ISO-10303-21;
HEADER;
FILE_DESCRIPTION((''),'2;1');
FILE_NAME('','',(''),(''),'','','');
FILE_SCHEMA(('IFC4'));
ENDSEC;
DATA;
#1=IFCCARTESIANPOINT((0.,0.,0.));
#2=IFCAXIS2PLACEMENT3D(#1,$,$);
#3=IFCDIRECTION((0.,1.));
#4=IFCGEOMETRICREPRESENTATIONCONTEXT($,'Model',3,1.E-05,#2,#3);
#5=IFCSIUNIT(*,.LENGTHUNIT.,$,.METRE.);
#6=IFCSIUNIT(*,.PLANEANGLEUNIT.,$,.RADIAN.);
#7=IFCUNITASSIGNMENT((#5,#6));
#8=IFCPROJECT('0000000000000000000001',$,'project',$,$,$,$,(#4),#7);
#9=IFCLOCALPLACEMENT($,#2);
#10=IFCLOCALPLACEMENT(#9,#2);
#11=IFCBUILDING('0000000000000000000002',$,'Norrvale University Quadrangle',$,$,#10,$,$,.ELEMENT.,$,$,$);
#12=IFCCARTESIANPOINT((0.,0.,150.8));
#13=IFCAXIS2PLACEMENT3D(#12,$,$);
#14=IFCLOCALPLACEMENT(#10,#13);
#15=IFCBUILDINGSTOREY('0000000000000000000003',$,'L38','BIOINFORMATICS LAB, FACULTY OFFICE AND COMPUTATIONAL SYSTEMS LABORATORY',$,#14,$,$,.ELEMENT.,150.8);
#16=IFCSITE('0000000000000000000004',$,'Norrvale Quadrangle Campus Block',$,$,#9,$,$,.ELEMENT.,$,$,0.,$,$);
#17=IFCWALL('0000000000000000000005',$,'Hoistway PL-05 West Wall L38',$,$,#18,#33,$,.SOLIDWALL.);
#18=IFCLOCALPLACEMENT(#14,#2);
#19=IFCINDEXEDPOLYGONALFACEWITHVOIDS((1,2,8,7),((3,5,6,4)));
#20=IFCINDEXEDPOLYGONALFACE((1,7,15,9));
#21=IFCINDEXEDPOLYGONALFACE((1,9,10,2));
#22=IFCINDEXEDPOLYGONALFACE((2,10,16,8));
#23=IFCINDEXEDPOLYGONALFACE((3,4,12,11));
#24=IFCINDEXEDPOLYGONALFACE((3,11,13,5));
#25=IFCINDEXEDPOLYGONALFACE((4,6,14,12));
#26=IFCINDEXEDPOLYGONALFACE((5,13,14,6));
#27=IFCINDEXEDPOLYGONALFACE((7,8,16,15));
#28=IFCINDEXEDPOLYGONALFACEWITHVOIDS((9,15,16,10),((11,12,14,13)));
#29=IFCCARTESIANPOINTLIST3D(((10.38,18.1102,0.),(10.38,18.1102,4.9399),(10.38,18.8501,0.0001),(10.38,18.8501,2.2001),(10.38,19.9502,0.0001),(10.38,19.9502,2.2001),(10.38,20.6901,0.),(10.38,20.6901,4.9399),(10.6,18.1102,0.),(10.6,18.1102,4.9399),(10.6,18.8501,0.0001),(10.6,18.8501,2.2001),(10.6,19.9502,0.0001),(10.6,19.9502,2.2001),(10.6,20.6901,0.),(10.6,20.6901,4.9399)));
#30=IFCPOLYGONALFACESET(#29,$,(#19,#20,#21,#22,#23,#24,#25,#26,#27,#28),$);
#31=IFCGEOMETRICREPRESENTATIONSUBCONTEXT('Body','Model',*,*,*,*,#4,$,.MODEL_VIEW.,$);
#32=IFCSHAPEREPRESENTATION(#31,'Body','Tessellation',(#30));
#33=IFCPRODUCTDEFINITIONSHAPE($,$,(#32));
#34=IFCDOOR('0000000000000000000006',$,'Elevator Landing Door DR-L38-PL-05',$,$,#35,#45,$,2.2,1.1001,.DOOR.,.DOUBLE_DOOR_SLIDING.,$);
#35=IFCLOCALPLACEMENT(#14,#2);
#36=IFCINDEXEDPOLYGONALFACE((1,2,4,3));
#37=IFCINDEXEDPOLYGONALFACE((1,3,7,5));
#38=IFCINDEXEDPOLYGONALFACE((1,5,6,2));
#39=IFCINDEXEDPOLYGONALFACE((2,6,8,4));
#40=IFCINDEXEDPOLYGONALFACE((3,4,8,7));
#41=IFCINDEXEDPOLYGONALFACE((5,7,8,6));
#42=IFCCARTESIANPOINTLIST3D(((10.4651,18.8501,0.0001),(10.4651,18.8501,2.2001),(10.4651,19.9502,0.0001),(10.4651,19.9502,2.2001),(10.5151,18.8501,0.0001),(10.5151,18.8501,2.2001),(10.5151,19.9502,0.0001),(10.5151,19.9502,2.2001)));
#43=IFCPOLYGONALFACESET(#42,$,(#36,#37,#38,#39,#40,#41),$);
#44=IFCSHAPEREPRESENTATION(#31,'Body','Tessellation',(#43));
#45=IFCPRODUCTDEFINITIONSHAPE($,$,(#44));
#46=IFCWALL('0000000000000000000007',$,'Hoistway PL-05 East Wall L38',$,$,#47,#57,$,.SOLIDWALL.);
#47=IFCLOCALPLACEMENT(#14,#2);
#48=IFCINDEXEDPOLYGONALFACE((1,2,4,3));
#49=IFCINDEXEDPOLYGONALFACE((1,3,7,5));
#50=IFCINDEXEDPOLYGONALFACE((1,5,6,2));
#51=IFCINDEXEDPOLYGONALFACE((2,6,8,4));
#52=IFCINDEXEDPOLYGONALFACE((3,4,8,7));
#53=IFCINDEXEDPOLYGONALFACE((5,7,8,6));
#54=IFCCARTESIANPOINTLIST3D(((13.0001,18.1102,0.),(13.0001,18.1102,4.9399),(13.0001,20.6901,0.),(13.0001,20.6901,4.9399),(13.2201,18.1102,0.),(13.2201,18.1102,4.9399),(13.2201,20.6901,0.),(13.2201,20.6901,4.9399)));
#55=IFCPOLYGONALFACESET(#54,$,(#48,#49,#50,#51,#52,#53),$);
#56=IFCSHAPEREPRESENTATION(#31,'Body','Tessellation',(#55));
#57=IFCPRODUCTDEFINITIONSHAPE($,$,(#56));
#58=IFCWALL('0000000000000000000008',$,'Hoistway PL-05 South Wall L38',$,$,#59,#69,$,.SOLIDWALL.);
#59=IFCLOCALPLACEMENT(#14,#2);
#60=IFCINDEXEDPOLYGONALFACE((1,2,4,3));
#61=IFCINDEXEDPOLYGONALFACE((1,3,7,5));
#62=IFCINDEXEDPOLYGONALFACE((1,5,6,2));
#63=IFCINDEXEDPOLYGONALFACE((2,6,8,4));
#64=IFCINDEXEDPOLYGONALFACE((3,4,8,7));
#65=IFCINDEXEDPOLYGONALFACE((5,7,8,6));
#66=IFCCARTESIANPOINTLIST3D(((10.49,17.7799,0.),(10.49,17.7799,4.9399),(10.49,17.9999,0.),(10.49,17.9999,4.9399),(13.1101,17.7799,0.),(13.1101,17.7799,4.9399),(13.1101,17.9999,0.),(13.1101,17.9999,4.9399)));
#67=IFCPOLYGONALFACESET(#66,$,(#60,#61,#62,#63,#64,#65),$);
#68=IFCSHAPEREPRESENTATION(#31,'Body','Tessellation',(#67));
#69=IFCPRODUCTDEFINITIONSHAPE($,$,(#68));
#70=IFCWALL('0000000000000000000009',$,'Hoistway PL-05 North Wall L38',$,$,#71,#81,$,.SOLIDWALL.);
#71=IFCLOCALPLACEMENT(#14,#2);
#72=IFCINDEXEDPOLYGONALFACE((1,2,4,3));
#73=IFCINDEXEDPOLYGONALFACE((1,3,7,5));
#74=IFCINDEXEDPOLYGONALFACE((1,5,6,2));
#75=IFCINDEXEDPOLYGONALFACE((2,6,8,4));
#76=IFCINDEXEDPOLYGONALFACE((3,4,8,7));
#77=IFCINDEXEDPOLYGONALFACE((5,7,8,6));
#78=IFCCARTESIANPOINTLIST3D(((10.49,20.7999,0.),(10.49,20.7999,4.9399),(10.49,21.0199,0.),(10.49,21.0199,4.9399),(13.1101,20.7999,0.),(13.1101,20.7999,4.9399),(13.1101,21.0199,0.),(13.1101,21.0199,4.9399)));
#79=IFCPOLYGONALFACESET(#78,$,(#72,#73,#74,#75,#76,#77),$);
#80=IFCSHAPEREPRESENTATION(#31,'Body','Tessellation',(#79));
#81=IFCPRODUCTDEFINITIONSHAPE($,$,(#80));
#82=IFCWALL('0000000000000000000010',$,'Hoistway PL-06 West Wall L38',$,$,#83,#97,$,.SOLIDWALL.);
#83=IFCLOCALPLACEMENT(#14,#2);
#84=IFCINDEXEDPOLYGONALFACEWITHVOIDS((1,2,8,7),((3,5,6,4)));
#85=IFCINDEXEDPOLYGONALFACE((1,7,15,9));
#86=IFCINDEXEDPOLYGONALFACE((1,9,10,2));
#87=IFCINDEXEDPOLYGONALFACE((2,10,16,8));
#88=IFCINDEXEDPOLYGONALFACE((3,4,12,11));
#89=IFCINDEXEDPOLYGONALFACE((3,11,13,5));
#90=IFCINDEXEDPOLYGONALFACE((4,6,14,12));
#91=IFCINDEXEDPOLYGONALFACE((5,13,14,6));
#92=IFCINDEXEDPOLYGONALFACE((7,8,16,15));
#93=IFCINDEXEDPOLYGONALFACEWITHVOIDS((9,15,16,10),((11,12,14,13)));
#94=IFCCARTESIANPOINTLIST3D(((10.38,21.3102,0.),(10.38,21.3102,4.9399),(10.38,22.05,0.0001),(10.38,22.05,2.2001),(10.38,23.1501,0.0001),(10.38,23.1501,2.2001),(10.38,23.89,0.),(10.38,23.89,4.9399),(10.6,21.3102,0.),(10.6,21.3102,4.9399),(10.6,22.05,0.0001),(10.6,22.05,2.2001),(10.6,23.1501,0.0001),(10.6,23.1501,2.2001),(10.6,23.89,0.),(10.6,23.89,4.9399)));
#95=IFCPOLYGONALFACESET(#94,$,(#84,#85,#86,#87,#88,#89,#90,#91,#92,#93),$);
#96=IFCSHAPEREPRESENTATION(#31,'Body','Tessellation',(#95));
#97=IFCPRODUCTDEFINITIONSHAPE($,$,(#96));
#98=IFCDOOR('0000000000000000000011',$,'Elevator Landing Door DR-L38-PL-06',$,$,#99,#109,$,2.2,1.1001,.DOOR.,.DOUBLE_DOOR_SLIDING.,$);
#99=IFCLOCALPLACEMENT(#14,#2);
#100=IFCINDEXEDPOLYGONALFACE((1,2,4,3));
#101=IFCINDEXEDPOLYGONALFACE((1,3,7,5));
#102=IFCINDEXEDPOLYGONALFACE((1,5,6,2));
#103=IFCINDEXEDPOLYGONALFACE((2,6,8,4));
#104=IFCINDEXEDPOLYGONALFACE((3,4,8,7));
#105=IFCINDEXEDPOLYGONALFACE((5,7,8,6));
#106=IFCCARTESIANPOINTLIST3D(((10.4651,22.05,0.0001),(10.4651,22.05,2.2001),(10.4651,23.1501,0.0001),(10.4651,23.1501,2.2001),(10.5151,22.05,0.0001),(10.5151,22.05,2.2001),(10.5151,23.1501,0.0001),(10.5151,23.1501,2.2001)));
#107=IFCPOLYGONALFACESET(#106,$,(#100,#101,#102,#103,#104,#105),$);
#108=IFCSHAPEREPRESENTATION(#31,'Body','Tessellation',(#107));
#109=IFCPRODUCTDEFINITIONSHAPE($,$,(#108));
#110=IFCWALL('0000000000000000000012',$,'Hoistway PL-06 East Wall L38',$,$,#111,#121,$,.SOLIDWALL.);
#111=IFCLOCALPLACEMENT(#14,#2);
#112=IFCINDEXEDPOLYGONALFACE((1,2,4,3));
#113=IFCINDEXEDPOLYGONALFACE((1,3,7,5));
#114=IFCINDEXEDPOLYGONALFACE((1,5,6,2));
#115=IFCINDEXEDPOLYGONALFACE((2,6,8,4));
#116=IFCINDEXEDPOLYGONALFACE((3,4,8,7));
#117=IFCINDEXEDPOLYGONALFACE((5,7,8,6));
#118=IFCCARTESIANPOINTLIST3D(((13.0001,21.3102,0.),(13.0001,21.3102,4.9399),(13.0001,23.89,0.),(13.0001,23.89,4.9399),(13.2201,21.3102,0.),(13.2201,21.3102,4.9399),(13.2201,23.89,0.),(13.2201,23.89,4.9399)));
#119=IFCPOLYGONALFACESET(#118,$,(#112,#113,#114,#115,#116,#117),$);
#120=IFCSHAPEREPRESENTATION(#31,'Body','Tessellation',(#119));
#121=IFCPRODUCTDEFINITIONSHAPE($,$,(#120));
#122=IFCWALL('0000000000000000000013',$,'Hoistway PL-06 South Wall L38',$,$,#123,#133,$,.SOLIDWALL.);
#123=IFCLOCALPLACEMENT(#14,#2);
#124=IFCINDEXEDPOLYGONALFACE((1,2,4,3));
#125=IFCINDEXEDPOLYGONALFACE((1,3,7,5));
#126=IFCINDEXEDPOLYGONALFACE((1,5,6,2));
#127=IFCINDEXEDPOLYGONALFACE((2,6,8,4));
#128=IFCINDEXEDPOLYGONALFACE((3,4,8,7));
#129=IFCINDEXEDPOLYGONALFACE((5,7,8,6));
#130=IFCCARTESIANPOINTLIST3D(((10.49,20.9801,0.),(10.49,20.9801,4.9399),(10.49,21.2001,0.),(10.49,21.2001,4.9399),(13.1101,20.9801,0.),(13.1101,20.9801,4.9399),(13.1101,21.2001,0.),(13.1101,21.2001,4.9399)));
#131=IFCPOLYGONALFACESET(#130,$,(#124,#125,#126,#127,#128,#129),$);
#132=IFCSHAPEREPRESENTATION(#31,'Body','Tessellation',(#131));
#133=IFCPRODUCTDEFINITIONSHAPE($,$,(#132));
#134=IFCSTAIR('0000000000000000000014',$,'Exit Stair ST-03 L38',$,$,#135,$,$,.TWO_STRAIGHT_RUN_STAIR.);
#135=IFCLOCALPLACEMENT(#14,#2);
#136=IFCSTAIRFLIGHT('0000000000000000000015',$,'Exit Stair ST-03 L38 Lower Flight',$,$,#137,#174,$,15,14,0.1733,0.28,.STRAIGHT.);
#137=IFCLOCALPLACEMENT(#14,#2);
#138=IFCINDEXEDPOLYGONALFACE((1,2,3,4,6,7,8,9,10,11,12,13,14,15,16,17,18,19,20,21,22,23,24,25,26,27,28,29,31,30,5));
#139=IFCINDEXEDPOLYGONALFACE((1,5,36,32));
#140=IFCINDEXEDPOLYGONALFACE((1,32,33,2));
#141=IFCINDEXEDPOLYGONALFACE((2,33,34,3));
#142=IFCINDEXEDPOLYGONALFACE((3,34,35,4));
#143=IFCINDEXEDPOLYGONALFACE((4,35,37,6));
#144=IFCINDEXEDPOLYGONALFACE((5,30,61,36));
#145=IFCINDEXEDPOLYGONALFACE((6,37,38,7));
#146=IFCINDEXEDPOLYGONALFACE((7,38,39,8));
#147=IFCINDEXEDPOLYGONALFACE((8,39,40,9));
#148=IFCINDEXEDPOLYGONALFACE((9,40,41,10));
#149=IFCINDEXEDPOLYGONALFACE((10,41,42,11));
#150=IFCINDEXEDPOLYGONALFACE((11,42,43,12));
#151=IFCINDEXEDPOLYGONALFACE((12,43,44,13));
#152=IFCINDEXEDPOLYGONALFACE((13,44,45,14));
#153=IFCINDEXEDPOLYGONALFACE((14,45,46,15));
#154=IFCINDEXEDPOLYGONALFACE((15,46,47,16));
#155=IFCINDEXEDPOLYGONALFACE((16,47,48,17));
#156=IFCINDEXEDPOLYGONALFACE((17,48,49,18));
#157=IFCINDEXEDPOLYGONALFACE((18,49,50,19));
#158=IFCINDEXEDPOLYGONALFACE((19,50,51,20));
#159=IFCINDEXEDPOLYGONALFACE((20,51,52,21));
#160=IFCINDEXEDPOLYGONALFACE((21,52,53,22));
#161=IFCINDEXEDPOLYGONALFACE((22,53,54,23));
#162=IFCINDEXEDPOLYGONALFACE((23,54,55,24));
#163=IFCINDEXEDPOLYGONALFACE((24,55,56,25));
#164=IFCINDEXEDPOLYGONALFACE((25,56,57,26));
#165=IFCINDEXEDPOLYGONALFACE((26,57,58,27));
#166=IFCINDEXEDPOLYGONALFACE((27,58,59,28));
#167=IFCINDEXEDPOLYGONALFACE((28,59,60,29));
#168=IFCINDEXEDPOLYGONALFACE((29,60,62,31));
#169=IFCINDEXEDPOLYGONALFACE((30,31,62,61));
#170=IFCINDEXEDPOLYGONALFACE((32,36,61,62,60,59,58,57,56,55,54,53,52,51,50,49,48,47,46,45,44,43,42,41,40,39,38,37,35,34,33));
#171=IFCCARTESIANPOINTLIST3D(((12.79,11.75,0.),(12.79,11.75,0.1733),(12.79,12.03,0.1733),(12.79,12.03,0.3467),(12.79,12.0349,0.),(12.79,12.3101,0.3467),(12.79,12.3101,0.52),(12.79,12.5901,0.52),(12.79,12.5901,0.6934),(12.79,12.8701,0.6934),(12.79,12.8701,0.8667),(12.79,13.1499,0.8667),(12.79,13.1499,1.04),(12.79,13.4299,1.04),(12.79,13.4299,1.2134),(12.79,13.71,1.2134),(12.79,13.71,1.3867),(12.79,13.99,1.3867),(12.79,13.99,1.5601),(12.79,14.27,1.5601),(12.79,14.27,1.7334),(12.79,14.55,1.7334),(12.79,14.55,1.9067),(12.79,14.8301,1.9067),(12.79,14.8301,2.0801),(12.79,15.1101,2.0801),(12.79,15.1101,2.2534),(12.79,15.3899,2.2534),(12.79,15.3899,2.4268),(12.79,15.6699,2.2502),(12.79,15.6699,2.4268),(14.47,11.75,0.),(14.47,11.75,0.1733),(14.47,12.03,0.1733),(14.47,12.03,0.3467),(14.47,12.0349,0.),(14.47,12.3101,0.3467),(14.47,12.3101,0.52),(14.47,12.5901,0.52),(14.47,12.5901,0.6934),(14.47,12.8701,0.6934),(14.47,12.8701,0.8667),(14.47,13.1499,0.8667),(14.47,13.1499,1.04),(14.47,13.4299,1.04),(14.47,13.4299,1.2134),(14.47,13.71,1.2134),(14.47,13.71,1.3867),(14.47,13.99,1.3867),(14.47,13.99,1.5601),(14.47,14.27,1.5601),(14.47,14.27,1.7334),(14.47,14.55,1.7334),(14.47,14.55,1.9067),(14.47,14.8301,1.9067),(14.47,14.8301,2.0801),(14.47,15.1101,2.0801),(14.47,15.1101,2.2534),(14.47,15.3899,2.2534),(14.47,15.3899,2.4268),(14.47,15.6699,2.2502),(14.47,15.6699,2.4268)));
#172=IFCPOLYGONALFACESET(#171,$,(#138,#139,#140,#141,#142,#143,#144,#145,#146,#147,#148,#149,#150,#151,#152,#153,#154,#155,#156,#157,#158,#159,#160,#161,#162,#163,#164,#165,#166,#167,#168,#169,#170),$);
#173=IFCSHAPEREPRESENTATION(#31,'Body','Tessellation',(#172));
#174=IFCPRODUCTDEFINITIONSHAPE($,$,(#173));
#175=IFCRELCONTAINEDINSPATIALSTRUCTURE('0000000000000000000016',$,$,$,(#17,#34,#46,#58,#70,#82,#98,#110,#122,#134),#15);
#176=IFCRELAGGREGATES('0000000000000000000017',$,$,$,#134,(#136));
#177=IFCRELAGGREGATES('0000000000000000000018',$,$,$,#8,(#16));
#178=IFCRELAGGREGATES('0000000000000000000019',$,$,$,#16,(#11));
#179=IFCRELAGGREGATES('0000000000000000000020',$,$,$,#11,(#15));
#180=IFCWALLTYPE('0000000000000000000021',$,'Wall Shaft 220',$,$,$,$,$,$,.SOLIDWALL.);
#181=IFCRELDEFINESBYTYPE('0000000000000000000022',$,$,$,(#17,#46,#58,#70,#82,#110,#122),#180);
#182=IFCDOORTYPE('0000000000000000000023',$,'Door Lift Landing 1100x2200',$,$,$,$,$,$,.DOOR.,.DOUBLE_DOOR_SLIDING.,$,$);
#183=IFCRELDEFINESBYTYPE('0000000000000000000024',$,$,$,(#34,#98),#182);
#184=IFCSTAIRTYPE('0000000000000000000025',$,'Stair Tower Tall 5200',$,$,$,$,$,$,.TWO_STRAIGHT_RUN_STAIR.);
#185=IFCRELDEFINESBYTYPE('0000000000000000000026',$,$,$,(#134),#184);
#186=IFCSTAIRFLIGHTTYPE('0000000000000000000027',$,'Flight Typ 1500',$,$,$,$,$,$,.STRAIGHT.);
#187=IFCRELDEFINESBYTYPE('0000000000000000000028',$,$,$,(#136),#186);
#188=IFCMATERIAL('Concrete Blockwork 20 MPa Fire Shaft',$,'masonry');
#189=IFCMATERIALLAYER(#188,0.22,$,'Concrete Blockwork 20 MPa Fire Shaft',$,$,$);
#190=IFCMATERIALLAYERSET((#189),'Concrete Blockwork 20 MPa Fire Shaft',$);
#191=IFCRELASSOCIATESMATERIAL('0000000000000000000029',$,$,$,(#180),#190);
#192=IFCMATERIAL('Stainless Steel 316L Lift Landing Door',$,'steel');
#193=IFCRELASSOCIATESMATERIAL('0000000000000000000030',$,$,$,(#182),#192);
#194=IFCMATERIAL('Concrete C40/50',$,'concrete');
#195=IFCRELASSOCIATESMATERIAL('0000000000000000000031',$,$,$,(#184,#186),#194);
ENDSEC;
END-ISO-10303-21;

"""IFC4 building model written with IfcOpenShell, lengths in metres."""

from ifc_helpers import new_model, si_unit, direction, frame, frame_2d, origin, place, context, subcontext, project, spatial, polyline, rectangle, outline, extrude, material, layer, layer_set, type_object, element, fill, aggregate, save


model = new_model("IFC4")

# Units and contexts
model_context = context("Model", 3, precision=1e-05, world=origin(), true_north=direction((0.0, 1.0)))
body_context = subcontext(model_context, "Body", "Model", "MODEL_VIEW")
ifc_project = project(units=[si_unit("LENGTHUNIT", "METRE"), si_unit("PLANEANGLEUNIT", "RADIAN")], contexts=[model_context])

# Site, building, storey
site_placement = place(None, origin())
site = spatial("IfcSite", under=ifc_project, at=site_placement, Name="Norrvale Quadrangle Campus Block", CompositionType="ELEMENT", RefElevation=0.0)
building_placement = place(site_placement, origin())
building = spatial("IfcBuilding", under=site, at=building_placement, Name="Norrvale University Quadrangle", CompositionType="ELEMENT")
storey_placement = place(building_placement, frame((0.0, 0.0, 150.8)))
storey = spatial("IfcBuildingStorey", under=building, at=storey_placement, Name="L38", Description="BIOINFORMATICS LAB, FACULTY OFFICE AND COMPUTATIONAL SYSTEMS LABORATORY", CompositionType="ELEMENT", Elevation=150.8)

# Shared definitions
ifc_material_1 = material(Name="Concrete Blockwork 20 MPa Fire Shaft", Category="masonry")
ifc_layer_1 = layer(ifc_material_1, 0.22, Name="Concrete Blockwork 20 MPa Fire Shaft")
ifc_layer_set_1 = layer_set([ifc_layer_1], Name="Concrete Blockwork 20 MPa Fire Shaft")
wall_type_1 = type_object("IfcWallType", Name="Wall Shaft 220", PredefinedType="SOLIDWALL", material=ifc_layer_set_1)

# Wall, opening, door
ifc_material_2 = material(Name="Stainless Steel 316L Lift Landing Door", Category="steel")
door_type_1 = type_object("IfcDoorType", Name="Door Lift Landing 1100x2200", OperationType="DOUBLE_DOOR_SLIDING", PredefinedType="DOOR", material=ifc_material_2)
wall_1_placement = place(storey_placement, frame((10.49, 18.1101, 0.0), z_axis=(0.0, 0.0, 1.0), x_axis=(0.0, 1.0, 0.0)))
wall_1 = element("IfcWall", 1, at=wall_1_placement, inside=storey, type_object=wall_type_1, Name="Hoistway PL-05 West Wall L38", PredefinedType="SOLIDWALL", context=body_context, shape_type="SweptSolid", body=[
    extrude(rectangle(XDim=2.5798, YDim=0.22, at=frame_2d((1.29, 0.0))), origin(), (0.0, 0.0, 1.0), 4.9399),
])
opening_1_placement = place(wall_1_placement, frame((0.74, 0.0, 0.0)))
opening_1 = element("IfcOpeningElement", 2, at=opening_1_placement, cuts=wall_1, PredefinedType="OPENING", context=body_context, shape_type="SweptSolid", body=[
    extrude(rectangle(XDim=1.1001, YDim=2.2, at=frame_2d((0.55, 1.1001))), frame((0.0, 0.1221, 0.0), z_axis=(0.0, -1.0, 0.0), x_axis=(1.0, 0.0, 0.0)), (0.0, 0.0, 1.0), 0.2439),
])
door_1_placement = place(opening_1_placement, origin())
door_1 = element("IfcDoor", 3, at=door_1_placement, inside=storey, type_object=door_type_1, Name="Elevator Landing Door DR-L38-PL-05", OperationType="DOUBLE_DOOR_SLIDING", OverallHeight=2.2, OverallWidth=1.1001, PredefinedType="DOOR", context=body_context, shape_type="SweptSolid", body=[
    extrude(rectangle(XDim=1.1001, YDim=2.2, at=frame_2d((0.55, 1.1001))), frame((0.0, 0.0249, 0.0), z_axis=(0.0, -1.0, 0.0), x_axis=(1.0, 0.0, 0.0)), (0.0, 0.0, 1.0), 0.05),
])
fill(opening_1, door_1)

# Walls
wall_2_placement = place(storey_placement, frame((13.1101, 18.1101, 0.0), z_axis=(0.0, 0.0, 1.0), x_axis=(0.0, 1.0, 0.0)))
element("IfcWall", 4, at=wall_2_placement, inside=storey, type_object=wall_type_1, Name="Hoistway PL-05 East Wall L38", PredefinedType="SOLIDWALL", context=body_context, shape_type="SweptSolid", body=[
    extrude(rectangle(XDim=2.5798, YDim=0.22, at=frame_2d((1.29, 0.0))), origin(), (0.0, 0.0, 1.0), 4.9399),
])
for number, where, z_axis, x_axis, name in (
    (5, (10.49, 17.8899, 0.0), (0.0, 0.0, 1.0), (1.0, 0.0, 0.0), "Hoistway PL-05 South Wall L38"),
    (6, (10.49, 20.9099, 0.0), (0.0, 0.0, 1.0), (1.0, 0.0, 0.0), "Hoistway PL-05 North Wall L38"),
):
    element("IfcWall", number, at=place(storey_placement, frame(where, z_axis=z_axis, x_axis=x_axis)), inside=storey, type_object=wall_type_1, Name=name, PredefinedType="SOLIDWALL", context=body_context, shape_type="SweptSolid", body=[
        extrude(rectangle(XDim=2.6201, YDim=0.22, at=frame_2d((1.3101, 0.0))), origin(), (0.0, 0.0, 1.0), 4.9399),
    ])

# Wall, opening, door
wall_3_placement = place(storey_placement, frame((10.49, 21.3101, 0.0), z_axis=(0.0, 0.0, 1.0), x_axis=(0.0, 1.0, 0.0)))
wall_3 = element("IfcWall", 7, at=wall_3_placement, inside=storey, type_object=wall_type_1, Name="Hoistway PL-06 West Wall L38", PredefinedType="SOLIDWALL", context=body_context, shape_type="SweptSolid", body=[
    extrude(rectangle(XDim=2.5798, YDim=0.22, at=frame_2d((1.29, 0.0))), origin(), (0.0, 0.0, 1.0), 4.9399),
])
opening_2_placement = place(wall_3_placement, frame((0.74, 0.0, 0.0)))
opening_2 = element("IfcOpeningElement", 8, at=opening_2_placement, cuts=wall_3, PredefinedType="OPENING", context=body_context, shape_type="SweptSolid", body=[
    extrude(rectangle(XDim=1.1001, YDim=2.2, at=frame_2d((0.55, 1.1001))), frame((0.0, 0.1221, 0.0), z_axis=(0.0, -1.0, 0.0), x_axis=(1.0, 0.0, 0.0)), (0.0, 0.0, 1.0), 0.2439),
])
door_2_placement = place(opening_2_placement, origin())
door_2 = element("IfcDoor", 9, at=door_2_placement, inside=storey, type_object=door_type_1, Name="Elevator Landing Door DR-L38-PL-06", OperationType="DOUBLE_DOOR_SLIDING", OverallHeight=2.2, OverallWidth=1.1001, PredefinedType="DOOR", context=body_context, shape_type="SweptSolid", body=[
    extrude(rectangle(XDim=1.1001, YDim=2.2, at=frame_2d((0.55, 1.1001))), frame((0.0, 0.0249, 0.0), z_axis=(0.0, -1.0, 0.0), x_axis=(1.0, 0.0, 0.0)), (0.0, 0.0, 1.0), 0.05),
])
fill(opening_2, door_2)

# Walls
wall_4_placement = place(storey_placement, frame((13.1101, 21.3101, 0.0), z_axis=(0.0, 0.0, 1.0), x_axis=(0.0, 1.0, 0.0)))
element("IfcWall", 10, at=wall_4_placement, inside=storey, type_object=wall_type_1, Name="Hoistway PL-06 East Wall L38", PredefinedType="SOLIDWALL", context=body_context, shape_type="SweptSolid", body=[
    extrude(rectangle(XDim=2.5798, YDim=0.22, at=frame_2d((1.29, 0.0))), origin(), (0.0, 0.0, 1.0), 4.9399),
])
wall_5_placement = place(storey_placement, frame((10.49, 21.0901, 0.0), z_axis=(0.0, 0.0, 1.0), x_axis=(1.0, 0.0, 0.0)))
element("IfcWall", 11, at=wall_5_placement, inside=storey, type_object=wall_type_1, Name="Hoistway PL-06 South Wall L38", PredefinedType="SOLIDWALL", context=body_context, shape_type="SweptSolid", body=[
    extrude(rectangle(XDim=2.6201, YDim=0.22, at=frame_2d((1.3101, 0.0))), origin(), (0.0, 0.0, 1.0), 4.9399),
])

# Stair, stair flight
ifc_material_3 = material(Name="Concrete C40/50", Category="concrete")
stair_type = type_object("IfcStairType", Name="Stair Tower Tall 5200", PredefinedType="TWO_STRAIGHT_RUN_STAIR", material=ifc_material_3)
stair_placement = place(storey_placement, origin())
stair = element("IfcStair", 12, at=stair_placement, inside=storey, type_object=stair_type, Name="Exit Stair ST-03 L38", PredefinedType="TWO_STRAIGHT_RUN_STAIR")
stair_flight_type = type_object("IfcStairFlightType", Name="Flight Typ 1500", PredefinedType="STRAIGHT", material=ifc_material_3)
stair_flight_1_placement = place(storey_placement, frame((13.6299, 11.75, 0.0), z_axis=(0.0, 0.0, 1.0), x_axis=(0.0, 1.0, 0.0)))
stair_flight_1 = element("IfcStairFlight", 13, at=stair_flight_1_placement, type_object=stair_flight_type, Name="Exit Stair ST-03 L38 Lower Flight", NumberOfRisers=15, NumberOfTreads=14, PredefinedType="STRAIGHT", RiserHeight=0.1733, TreadLength=0.28, context=body_context, shape_type="SweptSolid", body=[
    extrude(outline(polyline([(0.0, 0.0), (0.0, 0.1733), (0.28, 0.1733), (0.28, 0.3467), (0.5601, 0.3467), (0.5601, 0.52), (0.8401, 0.52), (0.8401, 0.6934), (1.1201, 0.6934), (1.1201, 0.8667), (1.3999, 0.8667), (1.3999, 1.04), (1.6799, 1.04), (1.6799, 1.2134), (1.96, 1.2134), (1.96, 1.3867), (2.24, 1.3867), (2.24, 1.5601), (2.52, 1.5601), (2.52, 1.7334), (2.8, 1.7334), (2.8, 1.9067), (3.0801, 1.9067), (3.0801, 2.0801), (3.3601, 2.0801), (3.3601, 2.2534), (3.6399, 2.2534), (3.6399, 2.4268), (3.9199, 2.4268), (3.9199, 2.6001), (3.9199, 2.2502), (0.2849, 0.0), (0.0, 0.0)])), frame((0.0, 0.8398, 0.0), z_axis=(0.0, -1.0, 0.0), x_axis=(1.0, 0.0, 0.0)), (0.0, 0.0, 1.0), 1.6799),
])
aggregate(stair, [stair_flight_1])

save(model, "model.ifc")
